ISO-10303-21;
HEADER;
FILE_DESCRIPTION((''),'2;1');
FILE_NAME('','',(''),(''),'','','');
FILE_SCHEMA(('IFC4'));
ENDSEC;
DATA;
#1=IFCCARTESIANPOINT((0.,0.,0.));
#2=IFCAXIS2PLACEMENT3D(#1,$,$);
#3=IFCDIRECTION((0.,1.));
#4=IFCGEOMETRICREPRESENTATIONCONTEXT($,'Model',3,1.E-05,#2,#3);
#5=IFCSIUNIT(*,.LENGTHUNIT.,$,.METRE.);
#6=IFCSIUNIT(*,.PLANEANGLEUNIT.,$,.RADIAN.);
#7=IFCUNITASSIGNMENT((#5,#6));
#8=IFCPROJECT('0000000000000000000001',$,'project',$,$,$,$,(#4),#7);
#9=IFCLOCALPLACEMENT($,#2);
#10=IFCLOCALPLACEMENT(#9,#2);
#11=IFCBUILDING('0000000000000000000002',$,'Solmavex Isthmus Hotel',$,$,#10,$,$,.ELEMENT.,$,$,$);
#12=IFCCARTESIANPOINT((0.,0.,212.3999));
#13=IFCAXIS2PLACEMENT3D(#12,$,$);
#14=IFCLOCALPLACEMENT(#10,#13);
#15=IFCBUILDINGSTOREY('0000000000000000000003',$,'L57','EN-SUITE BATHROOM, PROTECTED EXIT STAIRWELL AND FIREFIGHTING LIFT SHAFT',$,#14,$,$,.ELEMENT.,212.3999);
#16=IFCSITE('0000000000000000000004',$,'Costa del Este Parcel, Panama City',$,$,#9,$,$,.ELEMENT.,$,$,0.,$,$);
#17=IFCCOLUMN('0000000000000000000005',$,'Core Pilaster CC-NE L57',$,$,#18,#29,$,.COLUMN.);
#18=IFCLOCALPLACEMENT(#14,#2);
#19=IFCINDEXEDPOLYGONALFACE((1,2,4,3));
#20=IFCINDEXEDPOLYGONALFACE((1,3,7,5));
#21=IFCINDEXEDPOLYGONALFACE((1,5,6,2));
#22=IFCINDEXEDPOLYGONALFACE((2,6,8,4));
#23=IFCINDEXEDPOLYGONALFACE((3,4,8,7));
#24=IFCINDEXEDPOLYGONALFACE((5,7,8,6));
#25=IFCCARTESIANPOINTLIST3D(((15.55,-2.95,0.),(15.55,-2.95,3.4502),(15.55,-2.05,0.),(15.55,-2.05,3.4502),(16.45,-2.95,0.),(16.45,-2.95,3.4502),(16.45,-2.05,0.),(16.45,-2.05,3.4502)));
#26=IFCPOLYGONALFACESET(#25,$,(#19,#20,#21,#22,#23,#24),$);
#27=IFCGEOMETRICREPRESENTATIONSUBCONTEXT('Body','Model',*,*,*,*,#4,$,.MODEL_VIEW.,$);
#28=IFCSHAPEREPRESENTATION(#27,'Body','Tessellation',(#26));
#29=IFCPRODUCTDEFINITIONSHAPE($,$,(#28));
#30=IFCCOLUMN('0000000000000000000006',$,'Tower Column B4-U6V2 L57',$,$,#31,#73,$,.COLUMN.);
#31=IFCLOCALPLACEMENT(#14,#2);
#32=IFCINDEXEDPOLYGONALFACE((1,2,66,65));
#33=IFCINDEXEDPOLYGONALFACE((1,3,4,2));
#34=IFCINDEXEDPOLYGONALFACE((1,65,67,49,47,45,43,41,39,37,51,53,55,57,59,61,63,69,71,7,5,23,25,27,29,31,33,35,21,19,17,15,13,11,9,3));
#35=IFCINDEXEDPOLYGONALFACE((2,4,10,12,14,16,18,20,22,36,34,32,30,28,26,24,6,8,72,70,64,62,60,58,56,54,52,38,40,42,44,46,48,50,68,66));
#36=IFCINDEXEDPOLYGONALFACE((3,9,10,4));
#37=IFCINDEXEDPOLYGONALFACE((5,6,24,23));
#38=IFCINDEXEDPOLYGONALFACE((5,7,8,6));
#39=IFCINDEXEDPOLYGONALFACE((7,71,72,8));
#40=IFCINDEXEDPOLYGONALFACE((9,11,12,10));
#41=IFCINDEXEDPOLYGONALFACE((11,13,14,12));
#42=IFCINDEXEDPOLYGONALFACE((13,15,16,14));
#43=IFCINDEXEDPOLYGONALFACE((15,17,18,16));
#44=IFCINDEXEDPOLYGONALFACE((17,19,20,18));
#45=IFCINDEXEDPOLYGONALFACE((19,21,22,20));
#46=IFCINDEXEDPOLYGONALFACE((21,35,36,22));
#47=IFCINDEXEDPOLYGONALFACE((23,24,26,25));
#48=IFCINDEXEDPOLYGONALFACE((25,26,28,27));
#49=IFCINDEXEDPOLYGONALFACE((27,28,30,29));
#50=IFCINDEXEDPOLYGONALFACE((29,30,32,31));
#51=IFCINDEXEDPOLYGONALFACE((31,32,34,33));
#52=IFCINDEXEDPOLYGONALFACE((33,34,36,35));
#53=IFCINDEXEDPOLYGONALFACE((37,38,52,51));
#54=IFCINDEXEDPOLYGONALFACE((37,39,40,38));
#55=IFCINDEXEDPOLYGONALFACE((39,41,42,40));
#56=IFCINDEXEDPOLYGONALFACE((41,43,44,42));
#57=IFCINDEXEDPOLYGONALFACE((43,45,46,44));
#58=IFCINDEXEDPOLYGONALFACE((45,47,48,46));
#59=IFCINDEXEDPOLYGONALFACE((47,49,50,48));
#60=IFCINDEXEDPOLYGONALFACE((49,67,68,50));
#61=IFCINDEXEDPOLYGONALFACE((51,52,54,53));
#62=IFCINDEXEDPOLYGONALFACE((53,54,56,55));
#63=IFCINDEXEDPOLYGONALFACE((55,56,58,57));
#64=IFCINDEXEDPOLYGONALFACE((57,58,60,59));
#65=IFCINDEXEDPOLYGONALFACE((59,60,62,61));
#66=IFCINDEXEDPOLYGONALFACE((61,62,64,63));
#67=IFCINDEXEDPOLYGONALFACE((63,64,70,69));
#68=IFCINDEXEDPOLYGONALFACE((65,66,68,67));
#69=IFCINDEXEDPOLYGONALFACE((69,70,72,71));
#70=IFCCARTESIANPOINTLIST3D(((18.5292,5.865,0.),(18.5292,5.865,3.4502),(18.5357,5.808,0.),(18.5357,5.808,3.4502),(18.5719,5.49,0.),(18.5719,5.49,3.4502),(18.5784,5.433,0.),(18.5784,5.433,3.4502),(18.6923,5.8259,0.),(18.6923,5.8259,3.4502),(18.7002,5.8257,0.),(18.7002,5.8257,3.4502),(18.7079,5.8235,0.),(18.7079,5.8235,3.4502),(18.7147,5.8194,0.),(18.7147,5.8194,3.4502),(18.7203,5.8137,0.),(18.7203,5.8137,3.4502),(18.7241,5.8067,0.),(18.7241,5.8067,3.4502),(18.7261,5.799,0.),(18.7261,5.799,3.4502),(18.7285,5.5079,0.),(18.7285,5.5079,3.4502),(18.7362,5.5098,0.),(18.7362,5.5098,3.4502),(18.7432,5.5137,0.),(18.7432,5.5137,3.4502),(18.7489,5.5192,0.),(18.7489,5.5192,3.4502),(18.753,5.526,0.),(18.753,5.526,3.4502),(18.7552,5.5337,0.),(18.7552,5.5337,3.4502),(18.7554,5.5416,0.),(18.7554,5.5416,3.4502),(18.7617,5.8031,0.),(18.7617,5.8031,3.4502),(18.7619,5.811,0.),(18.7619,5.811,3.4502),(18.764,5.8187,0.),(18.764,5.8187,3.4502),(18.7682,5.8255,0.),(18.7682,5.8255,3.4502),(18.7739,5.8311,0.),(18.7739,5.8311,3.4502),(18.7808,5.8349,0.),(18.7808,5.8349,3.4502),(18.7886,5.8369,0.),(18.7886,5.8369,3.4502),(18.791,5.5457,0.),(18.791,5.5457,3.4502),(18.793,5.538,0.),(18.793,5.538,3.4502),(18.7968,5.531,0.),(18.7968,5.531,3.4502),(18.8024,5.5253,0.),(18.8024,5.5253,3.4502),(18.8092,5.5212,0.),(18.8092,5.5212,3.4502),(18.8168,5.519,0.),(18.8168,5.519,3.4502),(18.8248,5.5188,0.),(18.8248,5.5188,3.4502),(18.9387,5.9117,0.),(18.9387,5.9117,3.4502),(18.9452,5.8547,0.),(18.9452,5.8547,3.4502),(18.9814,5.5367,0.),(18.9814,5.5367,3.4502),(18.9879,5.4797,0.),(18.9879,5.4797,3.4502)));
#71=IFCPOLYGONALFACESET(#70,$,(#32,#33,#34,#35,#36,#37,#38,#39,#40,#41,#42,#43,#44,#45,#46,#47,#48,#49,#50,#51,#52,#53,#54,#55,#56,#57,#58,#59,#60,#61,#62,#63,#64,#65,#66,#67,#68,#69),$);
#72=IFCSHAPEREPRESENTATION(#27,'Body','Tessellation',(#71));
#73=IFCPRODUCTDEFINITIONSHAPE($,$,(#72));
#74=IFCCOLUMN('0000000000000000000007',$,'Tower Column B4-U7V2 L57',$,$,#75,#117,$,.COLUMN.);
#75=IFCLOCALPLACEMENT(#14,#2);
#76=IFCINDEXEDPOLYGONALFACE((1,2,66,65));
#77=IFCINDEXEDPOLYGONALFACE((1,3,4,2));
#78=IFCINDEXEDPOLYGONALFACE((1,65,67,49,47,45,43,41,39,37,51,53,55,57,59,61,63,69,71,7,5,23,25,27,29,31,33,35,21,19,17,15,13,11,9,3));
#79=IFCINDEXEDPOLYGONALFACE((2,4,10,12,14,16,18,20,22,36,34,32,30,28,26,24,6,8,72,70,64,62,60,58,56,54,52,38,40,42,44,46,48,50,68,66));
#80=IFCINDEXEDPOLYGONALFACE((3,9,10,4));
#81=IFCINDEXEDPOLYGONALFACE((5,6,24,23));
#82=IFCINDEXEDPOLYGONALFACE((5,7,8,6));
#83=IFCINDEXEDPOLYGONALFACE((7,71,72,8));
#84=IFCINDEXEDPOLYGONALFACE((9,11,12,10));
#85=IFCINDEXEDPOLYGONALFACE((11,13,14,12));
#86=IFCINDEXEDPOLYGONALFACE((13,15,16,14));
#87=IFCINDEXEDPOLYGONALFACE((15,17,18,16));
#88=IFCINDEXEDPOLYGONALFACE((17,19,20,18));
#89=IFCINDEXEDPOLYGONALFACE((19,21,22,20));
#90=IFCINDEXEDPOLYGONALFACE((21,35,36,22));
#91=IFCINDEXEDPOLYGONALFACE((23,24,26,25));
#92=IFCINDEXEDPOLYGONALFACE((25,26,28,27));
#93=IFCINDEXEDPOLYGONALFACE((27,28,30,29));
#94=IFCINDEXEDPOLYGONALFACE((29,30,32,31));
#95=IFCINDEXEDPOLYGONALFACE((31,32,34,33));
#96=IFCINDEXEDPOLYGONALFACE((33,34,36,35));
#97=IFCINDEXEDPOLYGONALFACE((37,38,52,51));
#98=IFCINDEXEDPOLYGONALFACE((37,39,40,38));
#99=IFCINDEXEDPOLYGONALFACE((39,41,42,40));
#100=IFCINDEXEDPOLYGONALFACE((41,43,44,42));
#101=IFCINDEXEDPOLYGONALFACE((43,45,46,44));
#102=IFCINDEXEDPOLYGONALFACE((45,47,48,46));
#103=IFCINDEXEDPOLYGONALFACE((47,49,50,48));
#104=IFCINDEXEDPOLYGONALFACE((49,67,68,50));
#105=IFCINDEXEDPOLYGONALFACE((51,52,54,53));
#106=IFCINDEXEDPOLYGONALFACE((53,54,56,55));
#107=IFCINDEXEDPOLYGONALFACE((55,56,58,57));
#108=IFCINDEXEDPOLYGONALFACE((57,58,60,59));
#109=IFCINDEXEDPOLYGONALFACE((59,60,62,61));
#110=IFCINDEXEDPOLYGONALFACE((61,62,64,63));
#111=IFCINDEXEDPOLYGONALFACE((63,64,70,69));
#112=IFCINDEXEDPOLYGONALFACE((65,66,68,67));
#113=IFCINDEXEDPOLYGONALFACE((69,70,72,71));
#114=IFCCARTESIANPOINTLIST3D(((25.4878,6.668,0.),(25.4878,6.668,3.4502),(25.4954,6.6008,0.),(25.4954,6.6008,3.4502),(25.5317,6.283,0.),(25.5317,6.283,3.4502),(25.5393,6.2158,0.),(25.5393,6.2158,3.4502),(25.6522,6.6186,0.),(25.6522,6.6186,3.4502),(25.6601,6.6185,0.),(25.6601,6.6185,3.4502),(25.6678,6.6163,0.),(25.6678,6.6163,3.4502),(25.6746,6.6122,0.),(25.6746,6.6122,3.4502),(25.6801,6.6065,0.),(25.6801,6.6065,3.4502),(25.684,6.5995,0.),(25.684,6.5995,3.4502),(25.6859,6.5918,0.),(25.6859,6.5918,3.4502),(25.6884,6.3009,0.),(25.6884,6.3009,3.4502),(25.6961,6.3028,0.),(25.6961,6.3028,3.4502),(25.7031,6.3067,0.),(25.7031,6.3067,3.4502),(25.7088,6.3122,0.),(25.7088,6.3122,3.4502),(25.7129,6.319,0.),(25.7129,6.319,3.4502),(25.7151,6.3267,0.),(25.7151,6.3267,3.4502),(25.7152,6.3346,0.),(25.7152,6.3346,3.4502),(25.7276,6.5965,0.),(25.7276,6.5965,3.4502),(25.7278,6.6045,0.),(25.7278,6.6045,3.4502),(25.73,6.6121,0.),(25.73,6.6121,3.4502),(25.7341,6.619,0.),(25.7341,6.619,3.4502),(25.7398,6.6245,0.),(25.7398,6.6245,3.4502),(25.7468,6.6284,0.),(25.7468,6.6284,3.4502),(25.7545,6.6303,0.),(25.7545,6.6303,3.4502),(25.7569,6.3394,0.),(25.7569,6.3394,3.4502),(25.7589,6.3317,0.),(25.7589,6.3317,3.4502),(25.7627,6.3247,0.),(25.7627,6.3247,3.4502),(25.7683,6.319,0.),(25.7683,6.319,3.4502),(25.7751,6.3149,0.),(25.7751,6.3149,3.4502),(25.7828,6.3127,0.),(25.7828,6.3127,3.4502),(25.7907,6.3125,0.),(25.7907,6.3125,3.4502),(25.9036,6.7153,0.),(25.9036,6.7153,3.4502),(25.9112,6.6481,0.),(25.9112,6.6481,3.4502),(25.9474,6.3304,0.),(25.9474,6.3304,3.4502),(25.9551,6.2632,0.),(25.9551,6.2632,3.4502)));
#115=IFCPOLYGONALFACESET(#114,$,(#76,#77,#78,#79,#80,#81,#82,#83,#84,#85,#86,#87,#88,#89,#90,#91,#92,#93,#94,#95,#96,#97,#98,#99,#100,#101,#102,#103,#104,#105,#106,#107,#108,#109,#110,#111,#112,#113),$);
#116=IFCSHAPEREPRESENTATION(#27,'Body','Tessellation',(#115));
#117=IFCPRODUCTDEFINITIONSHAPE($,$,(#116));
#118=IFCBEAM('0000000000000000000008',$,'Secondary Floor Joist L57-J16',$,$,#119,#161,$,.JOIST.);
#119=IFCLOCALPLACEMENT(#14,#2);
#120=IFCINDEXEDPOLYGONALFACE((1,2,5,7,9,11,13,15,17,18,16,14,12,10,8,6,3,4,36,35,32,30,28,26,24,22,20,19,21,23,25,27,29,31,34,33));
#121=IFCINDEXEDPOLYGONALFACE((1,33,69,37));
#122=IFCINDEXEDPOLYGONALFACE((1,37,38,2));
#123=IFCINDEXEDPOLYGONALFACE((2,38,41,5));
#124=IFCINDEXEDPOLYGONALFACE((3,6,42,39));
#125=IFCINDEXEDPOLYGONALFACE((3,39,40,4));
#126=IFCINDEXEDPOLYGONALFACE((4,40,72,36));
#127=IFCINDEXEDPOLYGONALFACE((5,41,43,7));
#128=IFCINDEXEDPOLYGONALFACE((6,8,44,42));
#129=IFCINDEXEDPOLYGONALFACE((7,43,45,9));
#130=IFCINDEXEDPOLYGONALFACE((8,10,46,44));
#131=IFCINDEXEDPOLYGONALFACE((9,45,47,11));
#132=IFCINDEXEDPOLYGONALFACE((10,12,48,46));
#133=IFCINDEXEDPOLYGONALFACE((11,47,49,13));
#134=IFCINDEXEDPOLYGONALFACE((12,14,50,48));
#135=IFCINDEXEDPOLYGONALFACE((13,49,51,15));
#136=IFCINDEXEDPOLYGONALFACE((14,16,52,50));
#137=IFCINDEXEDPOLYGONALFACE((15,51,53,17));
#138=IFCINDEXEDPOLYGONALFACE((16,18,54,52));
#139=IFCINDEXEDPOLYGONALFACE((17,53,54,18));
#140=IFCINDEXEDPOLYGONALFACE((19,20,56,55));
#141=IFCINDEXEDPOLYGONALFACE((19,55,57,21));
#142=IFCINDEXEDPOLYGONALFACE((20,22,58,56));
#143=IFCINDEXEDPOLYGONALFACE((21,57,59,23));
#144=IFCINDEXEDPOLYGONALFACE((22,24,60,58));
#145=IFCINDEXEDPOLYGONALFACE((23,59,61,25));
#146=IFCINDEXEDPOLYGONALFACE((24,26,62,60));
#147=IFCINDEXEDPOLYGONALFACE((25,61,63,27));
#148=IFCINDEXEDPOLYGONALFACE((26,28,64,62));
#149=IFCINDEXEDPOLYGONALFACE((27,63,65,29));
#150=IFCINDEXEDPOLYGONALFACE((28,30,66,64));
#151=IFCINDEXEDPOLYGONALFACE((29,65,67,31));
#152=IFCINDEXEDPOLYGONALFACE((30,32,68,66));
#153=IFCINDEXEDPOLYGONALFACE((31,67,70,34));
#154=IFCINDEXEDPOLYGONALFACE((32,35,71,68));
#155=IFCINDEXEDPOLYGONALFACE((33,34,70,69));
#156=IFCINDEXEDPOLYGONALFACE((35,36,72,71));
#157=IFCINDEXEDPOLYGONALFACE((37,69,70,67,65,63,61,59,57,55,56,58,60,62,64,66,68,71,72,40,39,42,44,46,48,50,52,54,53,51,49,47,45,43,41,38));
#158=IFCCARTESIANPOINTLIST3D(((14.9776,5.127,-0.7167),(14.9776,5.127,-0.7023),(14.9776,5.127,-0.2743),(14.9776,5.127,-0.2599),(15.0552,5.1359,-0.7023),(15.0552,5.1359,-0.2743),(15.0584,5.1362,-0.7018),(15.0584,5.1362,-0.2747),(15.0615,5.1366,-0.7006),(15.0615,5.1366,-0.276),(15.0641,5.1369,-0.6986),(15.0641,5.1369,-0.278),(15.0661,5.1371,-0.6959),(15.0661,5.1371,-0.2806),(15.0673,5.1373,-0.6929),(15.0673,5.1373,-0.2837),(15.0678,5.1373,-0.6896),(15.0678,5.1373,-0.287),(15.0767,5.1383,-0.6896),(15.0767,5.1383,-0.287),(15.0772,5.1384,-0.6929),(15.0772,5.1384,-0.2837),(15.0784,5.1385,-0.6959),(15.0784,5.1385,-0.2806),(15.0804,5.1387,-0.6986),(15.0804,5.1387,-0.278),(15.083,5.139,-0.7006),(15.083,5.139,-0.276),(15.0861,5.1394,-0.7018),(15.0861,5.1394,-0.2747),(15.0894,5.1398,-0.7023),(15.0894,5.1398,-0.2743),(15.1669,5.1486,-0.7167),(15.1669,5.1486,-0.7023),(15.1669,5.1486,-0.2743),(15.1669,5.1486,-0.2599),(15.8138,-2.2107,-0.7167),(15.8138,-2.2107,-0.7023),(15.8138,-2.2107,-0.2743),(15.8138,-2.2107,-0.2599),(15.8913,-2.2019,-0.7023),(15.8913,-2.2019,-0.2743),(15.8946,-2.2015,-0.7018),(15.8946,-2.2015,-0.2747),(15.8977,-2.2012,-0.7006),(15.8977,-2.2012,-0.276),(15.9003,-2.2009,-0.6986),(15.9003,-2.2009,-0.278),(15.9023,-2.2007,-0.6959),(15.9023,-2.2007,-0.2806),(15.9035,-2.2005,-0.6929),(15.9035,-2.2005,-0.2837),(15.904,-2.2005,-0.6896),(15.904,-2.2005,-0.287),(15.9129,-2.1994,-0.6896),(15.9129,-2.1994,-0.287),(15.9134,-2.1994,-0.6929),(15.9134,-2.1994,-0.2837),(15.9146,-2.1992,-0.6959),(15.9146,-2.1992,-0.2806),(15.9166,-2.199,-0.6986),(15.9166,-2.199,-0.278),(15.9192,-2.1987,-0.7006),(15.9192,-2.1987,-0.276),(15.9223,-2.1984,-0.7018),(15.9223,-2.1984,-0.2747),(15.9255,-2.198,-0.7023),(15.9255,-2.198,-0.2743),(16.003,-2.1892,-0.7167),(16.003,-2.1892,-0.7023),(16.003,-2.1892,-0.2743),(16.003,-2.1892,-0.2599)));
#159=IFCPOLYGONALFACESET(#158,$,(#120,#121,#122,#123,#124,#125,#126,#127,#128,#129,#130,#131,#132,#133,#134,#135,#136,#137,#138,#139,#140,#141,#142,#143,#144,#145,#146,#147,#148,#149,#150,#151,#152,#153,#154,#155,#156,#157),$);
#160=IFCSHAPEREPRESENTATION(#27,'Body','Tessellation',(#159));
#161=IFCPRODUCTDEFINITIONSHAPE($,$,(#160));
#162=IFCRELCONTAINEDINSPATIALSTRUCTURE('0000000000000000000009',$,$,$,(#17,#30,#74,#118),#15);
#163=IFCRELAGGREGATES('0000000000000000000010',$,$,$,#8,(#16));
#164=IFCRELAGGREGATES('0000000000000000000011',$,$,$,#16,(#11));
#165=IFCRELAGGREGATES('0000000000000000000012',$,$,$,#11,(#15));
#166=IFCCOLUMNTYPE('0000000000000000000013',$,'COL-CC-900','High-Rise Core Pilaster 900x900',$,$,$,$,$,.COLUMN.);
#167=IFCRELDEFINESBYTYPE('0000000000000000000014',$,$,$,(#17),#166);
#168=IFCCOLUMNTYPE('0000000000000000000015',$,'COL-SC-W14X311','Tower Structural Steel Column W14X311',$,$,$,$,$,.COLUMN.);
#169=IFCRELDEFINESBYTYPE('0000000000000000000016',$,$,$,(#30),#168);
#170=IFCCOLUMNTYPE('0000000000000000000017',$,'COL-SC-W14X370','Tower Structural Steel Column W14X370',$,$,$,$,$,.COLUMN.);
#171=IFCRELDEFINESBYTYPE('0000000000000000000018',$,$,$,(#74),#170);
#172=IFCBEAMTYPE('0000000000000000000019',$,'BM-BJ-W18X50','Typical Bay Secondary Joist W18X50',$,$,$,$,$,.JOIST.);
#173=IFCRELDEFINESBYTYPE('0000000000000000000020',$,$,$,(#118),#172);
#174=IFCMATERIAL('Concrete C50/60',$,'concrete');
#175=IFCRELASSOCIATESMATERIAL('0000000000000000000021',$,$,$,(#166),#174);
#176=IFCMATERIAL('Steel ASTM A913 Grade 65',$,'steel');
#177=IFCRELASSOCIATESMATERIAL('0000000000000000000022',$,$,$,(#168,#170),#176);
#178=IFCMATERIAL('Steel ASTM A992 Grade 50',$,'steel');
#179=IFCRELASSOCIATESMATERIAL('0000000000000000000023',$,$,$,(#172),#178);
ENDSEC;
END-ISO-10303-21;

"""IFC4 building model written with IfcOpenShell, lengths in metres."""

from ifc_helpers import new_model, si_unit, direction, frame, origin, origin_2d, place, context, subcontext, project, spatial, rectangle, i_section, extrude, material, material_profile, profile_set, type_object, element, save


model = new_model("IFC4")

# Units and contexts
model_context = context("Model", 3, precision=1e-05, world=origin(), true_north=direction((0.0, 1.0)))
body_context = subcontext(model_context, "Body", "Model", "MODEL_VIEW")
ifc_project = project(units=[si_unit("LENGTHUNIT", "METRE"), si_unit("PLANEANGLEUNIT", "RADIAN")], contexts=[model_context])

# Site, building, storey
site_placement = place(None, origin())
site = spatial("IfcSite", under=ifc_project, at=site_placement, Name="Costa del Este Parcel, Panama City", CompositionType="ELEMENT", RefElevation=0.0)
building_placement = place(site_placement, origin())
building = spatial("IfcBuilding", under=site, at=building_placement, Name="Solmavex Isthmus Hotel", CompositionType="ELEMENT")
storey_placement = place(building_placement, frame((0.0, 0.0, 212.3999)))
storey = spatial("IfcBuildingStorey", under=building, at=storey_placement, Name="L57", Description="EN-SUITE BATHROOM, PROTECTED EXIT STAIRWELL AND FIREFIGHTING LIFT SHAFT", CompositionType="ELEMENT", Elevation=212.3999)

# Columns
ifc_material_1 = material(Name="Concrete C50/60", Category="concrete")
ifc_material_profile_1 = material_profile(ifc_material_1, rectangle(XDim=0.8999, YDim=0.8999, at=origin_2d()), Name="RC900X900")
ifc_profile_set_1 = profile_set([ifc_material_profile_1], Name="Concrete C50/60")
column_type_1 = type_object("IfcColumnType", Name="COL-CC-900", Description="High-Rise Core Pilaster 900x900", PredefinedType="COLUMN", material=ifc_profile_set_1)
column_1_placement = place(storey_placement, frame((16.0, -2.5, 0.0), z_axis=(0.0, 0.0, 1.0), x_axis=(1.0, 0.0, 0.0)))
element("IfcColumn", 1, at=column_1_placement, inside=storey, type_object=column_type_1, Name="Core Pilaster CC-NE L57", PredefinedType="COLUMN", context=body_context, shape_type="SweptSolid", body=[
    extrude(rectangle(XDim=0.8999, YDim=0.8999, at=origin_2d()), origin(), (0.0, 0.0, 1.0), 3.4502),
])
ifc_material_2 = material(Name="Steel ASTM A913 Grade 65", Category="steel")
ifc_material_profile_2 = material_profile(ifc_material_2, i_section(OverallWidth=0.4121, OverallDepth=0.4348, WebThickness=0.0359, FlangeThickness=0.0574, FilletRadius=0.0305, at=origin_2d()), Name="W14X311")
ifc_profile_set_2 = profile_set([ifc_material_profile_2], Name="Steel ASTM A913 Grade 65")
column_type_2 = type_object("IfcColumnType", Name="COL-SC-W14X311", Description="Tower Structural Steel Column W14X311", PredefinedType="COLUMN", material=ifc_profile_set_2)
column_2_placement = place(storey_placement, frame((18.7585, 5.6724, 0.0), z_axis=(0.0, 0.0, 1.0), x_axis=(0.993572, 0.113203, 0.0)))
element("IfcColumn", 2, at=column_2_placement, inside=storey, type_object=column_type_2, Name="Tower Column B4-U6V2 L57", PredefinedType="COLUMN", context=body_context, shape_type="SweptSolid", body=[
    extrude(i_section(OverallWidth=0.4121, OverallDepth=0.4348, WebThickness=0.0359, FlangeThickness=0.0574, FilletRadius=0.0305, at=origin_2d()), origin(), (0.0, 0.0, 1.0), 3.4502),
])
ifc_material_profile_3 = material_profile(ifc_material_2, i_section(OverallWidth=0.4185, OverallDepth=0.4551, WebThickness=0.042, FlangeThickness=0.0676, FilletRadius=0.0305, at=origin_2d()), Name="W14X370")
ifc_profile_set_3 = profile_set([ifc_material_profile_3], Name="Steel ASTM A913 Grade 65")
column_type_3 = type_object("IfcColumnType", Name="COL-SC-W14X370", Description="Tower Structural Steel Column W14X370", PredefinedType="COLUMN", material=ifc_profile_set_3)
column_3_placement = place(storey_placement, frame((25.7214, 6.4656, 0.0), z_axis=(0.0, 0.0, 1.0), x_axis=(0.993572, 0.113203, 0.0)))
element("IfcColumn", 3, at=column_3_placement, inside=storey, type_object=column_type_3, Name="Tower Column B4-U7V2 L57", PredefinedType="COLUMN", context=body_context, shape_type="SweptSolid", body=[
    extrude(i_section(OverallWidth=0.4185, OverallDepth=0.4551, WebThickness=0.042, FlangeThickness=0.0676, FilletRadius=0.0305, at=origin_2d()), origin(), (0.0, 0.0, 1.0), 3.4502),
])

# Beam
ifc_material_3 = material(Name="Steel ASTM A992 Grade 50", Category="steel")
ifc_material_profile_4 = material_profile(ifc_material_3, i_section(OverallWidth=0.1904, OverallDepth=0.4568, WebThickness=0.009, FlangeThickness=0.0144, FilletRadius=0.0127, at=origin_2d()), Name="W18X50")
ifc_profile_set_4 = profile_set([ifc_material_profile_4], Name="Steel ASTM A992 Grade 50")
beam_type_1 = type_object("IfcBeamType", Name="BM-BJ-W18X50", Description="Typical Bay Secondary Joist W18X50", PredefinedType="JOIST", material=ifc_profile_set_4)
beam_1_placement = place(storey_placement, frame((15.9084, -2.2, -0.4883), z_axis=(-0.113225, 0.993569, 0.0), x_axis=(-0.993569, -0.113225, 0.0)))
element("IfcBeam", 4, at=beam_1_placement, inside=storey, type_object=beam_type_1, Name="Secondary Floor Joist L57-J16", PredefinedType="JOIST", context=body_context, shape_type="SweptSolid", body=[
    extrude(i_section(OverallWidth=0.1904, OverallDepth=0.4568, WebThickness=0.009, FlangeThickness=0.0144, FilletRadius=0.0127, at=origin_2d()), origin(), (0.0, 0.0, 1.0), 7.3853),
])

save(model, "model.ifc")
